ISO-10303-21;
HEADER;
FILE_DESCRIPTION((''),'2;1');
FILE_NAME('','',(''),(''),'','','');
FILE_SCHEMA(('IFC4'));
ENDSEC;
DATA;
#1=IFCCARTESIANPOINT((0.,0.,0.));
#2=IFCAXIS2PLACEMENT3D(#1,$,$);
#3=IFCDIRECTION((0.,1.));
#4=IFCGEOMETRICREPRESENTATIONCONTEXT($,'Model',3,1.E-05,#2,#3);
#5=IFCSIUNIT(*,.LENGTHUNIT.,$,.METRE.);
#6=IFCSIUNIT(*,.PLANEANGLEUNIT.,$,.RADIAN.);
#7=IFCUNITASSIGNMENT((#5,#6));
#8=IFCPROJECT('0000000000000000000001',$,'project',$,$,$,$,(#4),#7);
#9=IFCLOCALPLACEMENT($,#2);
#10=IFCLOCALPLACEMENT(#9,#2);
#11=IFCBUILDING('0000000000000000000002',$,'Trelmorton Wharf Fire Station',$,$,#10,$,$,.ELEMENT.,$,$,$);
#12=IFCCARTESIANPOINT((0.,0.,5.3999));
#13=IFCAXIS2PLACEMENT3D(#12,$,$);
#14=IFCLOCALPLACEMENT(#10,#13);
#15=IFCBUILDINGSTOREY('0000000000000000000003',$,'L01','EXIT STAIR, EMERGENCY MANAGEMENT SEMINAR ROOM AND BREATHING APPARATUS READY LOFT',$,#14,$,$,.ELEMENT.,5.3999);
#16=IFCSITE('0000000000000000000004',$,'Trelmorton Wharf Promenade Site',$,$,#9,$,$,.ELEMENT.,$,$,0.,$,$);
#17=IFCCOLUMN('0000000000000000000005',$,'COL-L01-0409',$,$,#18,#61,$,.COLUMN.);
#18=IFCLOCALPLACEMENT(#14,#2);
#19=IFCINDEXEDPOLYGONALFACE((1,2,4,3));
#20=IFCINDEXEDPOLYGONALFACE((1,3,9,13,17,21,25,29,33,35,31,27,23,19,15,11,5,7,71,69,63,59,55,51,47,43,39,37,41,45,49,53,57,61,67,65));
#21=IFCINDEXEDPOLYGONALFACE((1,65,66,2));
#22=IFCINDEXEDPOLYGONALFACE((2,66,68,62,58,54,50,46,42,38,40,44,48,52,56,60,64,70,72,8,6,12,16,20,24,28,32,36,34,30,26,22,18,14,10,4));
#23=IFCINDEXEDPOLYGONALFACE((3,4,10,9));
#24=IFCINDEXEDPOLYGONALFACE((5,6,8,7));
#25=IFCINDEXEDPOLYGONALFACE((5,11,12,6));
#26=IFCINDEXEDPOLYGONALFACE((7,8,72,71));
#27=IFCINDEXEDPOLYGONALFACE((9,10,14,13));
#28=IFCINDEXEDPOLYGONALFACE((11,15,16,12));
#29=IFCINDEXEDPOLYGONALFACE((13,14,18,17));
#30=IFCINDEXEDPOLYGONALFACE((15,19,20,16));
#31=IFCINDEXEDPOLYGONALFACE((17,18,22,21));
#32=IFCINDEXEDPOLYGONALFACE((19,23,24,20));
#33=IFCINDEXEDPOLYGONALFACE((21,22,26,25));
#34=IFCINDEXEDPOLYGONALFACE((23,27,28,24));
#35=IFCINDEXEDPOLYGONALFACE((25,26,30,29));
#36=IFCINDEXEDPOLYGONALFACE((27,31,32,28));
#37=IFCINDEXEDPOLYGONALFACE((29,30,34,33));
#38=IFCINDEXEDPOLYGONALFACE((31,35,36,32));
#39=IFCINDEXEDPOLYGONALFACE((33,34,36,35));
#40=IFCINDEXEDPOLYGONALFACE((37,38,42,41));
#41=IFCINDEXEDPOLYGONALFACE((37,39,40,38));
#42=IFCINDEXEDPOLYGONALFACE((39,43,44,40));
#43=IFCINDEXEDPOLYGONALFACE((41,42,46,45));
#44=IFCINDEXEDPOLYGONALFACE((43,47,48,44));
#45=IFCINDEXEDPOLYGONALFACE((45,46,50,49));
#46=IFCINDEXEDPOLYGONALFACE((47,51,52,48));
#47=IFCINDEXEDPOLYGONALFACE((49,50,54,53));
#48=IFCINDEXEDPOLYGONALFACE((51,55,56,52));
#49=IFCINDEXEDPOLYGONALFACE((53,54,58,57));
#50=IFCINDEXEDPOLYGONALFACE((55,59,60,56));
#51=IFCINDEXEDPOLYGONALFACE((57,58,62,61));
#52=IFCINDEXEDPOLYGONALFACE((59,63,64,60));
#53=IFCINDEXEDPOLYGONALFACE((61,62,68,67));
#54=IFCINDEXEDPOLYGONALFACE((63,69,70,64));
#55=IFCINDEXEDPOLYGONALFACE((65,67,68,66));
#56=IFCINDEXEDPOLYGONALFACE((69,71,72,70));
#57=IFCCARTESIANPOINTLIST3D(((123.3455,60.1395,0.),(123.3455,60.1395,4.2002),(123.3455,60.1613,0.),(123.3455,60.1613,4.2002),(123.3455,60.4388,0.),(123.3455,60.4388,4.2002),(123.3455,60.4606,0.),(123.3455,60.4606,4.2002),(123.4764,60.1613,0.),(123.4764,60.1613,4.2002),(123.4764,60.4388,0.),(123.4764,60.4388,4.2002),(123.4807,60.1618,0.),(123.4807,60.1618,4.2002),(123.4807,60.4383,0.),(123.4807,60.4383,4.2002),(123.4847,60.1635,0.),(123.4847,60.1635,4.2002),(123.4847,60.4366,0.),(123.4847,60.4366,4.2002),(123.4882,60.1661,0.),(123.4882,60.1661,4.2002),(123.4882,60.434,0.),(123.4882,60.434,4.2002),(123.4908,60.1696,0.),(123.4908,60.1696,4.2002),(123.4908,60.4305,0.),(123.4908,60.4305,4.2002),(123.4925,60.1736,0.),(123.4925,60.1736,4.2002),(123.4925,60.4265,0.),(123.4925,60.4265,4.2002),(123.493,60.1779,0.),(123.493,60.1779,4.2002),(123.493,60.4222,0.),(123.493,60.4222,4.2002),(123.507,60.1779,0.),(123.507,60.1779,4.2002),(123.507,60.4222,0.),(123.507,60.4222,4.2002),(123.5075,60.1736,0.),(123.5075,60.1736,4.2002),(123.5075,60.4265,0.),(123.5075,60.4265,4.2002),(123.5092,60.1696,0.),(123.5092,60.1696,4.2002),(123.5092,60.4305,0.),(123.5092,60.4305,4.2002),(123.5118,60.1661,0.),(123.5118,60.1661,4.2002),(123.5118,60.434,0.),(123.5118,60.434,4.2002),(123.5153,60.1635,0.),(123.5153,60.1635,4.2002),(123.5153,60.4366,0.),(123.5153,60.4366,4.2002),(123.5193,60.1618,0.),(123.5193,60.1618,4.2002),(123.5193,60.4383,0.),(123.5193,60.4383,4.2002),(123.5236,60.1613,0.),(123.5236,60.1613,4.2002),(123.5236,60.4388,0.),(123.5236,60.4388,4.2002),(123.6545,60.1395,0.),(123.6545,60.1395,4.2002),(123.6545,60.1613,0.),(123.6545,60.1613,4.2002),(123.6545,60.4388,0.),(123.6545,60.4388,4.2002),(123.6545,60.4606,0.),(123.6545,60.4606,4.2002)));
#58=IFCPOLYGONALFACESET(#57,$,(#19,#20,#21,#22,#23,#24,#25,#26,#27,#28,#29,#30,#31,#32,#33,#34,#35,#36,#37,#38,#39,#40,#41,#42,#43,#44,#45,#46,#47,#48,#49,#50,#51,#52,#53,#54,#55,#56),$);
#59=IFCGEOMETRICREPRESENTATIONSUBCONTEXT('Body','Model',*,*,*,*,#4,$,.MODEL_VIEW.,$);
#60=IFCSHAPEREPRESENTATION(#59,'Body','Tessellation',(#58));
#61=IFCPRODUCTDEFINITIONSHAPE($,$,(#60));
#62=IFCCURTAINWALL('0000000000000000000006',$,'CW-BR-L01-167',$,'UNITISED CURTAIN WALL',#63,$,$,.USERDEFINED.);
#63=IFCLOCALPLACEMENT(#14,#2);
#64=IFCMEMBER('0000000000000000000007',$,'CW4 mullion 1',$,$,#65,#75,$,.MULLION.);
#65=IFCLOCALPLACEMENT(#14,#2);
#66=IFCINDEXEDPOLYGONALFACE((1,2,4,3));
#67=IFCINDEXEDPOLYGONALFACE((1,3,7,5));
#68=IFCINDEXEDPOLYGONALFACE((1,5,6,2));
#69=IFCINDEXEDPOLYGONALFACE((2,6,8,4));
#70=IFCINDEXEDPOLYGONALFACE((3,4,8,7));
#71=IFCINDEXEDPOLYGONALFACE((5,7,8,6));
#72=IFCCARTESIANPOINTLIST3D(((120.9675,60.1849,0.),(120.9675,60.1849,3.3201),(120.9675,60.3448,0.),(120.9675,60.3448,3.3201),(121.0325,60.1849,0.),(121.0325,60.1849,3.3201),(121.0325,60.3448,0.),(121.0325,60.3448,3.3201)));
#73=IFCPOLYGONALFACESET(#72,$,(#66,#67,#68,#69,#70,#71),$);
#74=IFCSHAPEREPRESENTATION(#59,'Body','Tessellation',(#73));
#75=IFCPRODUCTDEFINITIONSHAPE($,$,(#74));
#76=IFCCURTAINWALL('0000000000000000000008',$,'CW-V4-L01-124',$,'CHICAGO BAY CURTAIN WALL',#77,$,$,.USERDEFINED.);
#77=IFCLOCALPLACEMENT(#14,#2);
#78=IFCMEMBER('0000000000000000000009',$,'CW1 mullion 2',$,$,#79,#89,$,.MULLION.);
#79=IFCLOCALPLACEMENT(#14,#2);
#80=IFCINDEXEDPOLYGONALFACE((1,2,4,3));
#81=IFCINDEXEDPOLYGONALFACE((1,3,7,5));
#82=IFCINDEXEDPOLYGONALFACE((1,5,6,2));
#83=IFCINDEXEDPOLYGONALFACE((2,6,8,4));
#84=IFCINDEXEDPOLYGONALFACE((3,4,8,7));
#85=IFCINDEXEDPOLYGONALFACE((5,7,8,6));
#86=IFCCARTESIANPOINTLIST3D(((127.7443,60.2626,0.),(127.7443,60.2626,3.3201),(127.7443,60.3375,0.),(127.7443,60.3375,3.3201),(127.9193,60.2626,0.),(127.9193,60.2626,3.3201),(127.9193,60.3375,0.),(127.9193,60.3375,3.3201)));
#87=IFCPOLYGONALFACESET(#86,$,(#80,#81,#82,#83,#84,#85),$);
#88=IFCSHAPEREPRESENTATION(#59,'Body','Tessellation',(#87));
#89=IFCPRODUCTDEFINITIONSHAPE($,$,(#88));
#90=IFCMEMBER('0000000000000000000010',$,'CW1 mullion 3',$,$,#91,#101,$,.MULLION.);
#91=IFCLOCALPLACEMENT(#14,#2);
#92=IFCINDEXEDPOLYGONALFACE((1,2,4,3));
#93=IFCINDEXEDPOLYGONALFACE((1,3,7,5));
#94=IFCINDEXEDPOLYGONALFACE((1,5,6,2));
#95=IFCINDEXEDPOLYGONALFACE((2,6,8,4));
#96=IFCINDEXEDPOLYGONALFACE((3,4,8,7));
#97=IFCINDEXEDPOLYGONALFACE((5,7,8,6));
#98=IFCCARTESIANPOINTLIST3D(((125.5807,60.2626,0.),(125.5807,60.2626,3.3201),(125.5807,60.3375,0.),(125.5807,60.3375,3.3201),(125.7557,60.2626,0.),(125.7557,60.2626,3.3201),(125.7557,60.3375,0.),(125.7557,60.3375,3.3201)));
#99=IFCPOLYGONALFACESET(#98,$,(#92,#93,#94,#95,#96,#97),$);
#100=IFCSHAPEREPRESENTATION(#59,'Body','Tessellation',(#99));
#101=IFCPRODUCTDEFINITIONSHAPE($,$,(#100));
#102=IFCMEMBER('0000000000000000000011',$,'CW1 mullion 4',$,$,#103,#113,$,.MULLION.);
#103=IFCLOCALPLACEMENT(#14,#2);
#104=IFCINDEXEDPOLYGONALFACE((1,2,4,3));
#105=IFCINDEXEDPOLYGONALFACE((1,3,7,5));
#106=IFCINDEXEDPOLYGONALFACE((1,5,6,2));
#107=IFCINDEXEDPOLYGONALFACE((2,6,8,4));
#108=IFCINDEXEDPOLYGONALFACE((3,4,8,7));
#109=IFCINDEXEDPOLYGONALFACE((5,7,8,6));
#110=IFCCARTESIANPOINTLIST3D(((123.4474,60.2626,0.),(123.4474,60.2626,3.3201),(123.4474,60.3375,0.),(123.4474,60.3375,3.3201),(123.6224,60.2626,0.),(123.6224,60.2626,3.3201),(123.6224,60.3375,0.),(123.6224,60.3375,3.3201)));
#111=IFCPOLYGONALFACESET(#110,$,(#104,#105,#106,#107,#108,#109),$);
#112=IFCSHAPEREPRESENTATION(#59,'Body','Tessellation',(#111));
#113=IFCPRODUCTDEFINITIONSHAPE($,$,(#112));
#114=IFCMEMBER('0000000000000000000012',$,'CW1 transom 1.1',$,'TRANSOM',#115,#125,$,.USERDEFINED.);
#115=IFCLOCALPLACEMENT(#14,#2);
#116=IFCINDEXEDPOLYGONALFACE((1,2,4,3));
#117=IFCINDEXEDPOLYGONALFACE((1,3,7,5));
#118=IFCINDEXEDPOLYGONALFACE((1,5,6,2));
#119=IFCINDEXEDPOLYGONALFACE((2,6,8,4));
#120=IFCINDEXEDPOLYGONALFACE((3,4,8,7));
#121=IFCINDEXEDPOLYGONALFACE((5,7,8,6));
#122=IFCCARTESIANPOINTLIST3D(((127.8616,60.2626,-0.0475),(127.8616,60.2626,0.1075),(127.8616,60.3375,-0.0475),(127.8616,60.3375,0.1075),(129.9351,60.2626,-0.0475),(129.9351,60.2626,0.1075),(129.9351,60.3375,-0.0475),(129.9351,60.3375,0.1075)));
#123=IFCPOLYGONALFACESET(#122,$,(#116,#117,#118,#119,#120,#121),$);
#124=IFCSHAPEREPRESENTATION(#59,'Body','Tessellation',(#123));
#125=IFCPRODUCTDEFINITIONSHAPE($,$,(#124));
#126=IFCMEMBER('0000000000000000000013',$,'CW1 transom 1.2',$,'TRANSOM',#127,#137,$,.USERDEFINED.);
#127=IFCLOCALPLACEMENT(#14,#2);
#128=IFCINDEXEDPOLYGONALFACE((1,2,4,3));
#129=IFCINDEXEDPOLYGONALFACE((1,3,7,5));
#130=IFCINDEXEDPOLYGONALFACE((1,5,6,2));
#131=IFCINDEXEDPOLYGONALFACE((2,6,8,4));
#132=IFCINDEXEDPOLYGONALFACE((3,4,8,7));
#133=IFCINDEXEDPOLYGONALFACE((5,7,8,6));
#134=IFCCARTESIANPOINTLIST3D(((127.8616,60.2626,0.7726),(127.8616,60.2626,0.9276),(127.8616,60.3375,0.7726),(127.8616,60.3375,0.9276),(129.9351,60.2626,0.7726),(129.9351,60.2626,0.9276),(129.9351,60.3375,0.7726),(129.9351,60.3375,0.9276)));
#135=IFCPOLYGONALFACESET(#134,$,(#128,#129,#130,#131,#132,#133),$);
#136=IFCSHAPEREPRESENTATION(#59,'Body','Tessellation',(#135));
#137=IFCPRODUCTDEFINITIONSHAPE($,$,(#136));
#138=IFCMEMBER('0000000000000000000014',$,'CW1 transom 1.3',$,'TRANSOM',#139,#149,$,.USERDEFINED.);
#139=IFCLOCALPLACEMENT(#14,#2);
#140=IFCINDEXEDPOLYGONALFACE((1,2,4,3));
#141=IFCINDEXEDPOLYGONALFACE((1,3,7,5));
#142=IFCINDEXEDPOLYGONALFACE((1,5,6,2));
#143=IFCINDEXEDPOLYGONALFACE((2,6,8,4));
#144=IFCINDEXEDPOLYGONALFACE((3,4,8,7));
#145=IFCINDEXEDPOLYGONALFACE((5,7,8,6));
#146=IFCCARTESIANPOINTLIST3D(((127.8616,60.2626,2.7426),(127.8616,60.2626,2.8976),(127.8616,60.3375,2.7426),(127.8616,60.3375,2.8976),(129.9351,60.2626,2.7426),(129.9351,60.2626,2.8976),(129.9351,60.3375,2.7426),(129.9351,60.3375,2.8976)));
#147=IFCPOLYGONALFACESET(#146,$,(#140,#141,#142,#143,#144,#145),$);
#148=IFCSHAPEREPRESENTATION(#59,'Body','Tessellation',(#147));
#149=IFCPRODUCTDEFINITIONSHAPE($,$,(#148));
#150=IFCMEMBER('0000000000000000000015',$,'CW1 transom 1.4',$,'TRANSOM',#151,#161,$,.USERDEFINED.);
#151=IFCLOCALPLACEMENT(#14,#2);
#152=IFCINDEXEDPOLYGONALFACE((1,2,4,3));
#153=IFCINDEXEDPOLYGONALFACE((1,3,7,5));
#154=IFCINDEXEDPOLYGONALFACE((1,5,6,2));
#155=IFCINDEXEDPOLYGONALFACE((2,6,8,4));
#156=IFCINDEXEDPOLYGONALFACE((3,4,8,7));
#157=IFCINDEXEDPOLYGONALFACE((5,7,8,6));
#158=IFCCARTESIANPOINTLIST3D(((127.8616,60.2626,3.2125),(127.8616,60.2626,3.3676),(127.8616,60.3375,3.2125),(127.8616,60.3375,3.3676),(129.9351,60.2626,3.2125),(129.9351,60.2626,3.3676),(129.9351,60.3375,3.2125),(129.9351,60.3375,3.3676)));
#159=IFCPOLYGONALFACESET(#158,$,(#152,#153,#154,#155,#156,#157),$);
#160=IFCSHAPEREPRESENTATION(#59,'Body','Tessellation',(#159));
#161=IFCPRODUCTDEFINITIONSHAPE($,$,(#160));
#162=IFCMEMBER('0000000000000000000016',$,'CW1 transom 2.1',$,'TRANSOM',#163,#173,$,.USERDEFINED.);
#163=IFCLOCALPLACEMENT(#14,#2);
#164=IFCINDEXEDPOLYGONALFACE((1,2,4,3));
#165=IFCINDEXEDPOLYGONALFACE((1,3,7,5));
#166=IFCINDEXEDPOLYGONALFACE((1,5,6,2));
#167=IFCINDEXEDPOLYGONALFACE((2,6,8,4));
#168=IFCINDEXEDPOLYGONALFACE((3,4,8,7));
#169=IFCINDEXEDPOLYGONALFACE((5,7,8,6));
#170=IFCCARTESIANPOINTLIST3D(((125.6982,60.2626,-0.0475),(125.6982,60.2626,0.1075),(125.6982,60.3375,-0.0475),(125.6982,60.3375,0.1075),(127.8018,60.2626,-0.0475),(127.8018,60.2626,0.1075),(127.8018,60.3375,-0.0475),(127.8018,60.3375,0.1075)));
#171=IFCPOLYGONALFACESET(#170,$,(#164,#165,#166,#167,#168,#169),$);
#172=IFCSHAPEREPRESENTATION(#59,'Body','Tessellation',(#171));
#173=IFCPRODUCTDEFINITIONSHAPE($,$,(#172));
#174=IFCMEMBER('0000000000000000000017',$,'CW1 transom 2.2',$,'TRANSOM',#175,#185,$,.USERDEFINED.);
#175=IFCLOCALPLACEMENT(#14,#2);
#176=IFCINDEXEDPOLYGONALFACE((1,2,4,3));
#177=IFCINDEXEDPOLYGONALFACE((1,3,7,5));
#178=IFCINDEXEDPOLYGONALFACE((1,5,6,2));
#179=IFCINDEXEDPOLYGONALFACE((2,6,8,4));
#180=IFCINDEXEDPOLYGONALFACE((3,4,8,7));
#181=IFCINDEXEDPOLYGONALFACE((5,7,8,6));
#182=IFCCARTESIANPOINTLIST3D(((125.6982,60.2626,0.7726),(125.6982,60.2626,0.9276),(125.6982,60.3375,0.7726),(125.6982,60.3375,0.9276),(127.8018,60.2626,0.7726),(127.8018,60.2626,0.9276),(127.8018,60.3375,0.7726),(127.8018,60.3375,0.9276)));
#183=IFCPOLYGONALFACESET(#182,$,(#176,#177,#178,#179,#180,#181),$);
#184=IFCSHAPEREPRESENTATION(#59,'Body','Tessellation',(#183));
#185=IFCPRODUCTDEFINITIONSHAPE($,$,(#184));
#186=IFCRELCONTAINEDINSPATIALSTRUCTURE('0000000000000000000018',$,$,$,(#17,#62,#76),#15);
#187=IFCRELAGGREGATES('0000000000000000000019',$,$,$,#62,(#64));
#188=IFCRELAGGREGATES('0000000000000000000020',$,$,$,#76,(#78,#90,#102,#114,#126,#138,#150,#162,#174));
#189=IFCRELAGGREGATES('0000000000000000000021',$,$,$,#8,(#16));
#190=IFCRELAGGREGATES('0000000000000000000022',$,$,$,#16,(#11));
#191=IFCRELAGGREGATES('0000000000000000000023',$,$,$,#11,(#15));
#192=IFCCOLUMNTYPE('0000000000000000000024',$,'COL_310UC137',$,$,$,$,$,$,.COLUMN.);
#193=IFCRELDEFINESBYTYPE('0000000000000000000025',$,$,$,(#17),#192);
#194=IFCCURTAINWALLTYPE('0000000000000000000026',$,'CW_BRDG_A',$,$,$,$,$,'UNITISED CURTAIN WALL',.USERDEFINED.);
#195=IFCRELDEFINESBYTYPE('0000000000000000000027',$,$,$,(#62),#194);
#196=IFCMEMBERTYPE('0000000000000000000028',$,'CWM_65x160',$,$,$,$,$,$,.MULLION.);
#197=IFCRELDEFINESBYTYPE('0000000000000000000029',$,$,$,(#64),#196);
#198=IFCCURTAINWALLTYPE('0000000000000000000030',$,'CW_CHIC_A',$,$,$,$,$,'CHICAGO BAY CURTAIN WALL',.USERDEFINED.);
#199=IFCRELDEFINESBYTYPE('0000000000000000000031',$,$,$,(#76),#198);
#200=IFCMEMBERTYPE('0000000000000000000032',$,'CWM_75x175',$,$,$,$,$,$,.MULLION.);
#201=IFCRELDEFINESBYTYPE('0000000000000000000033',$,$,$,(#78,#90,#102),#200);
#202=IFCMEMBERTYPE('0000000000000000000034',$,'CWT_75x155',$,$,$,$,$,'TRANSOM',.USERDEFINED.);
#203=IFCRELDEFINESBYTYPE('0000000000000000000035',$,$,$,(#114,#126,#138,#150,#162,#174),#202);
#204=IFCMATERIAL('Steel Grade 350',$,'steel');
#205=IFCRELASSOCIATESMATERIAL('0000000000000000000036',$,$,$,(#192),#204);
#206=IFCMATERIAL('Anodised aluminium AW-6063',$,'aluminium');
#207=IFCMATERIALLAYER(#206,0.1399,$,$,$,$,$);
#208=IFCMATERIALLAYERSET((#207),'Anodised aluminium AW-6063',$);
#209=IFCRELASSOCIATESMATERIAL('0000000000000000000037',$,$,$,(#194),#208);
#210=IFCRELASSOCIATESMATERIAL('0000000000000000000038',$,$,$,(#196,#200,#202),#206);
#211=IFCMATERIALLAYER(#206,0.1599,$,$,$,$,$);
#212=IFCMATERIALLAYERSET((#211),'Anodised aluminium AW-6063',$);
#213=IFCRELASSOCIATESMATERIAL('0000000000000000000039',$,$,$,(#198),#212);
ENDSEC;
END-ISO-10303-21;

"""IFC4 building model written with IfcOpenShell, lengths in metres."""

from ifc_helpers import new_model, si_unit, direction, frame, origin, origin_2d, place, context, subcontext, project, spatial, rectangle, i_section, extrude, material, layer, layer_set, material_profile, profile_set, type_object, element, aggregate, save


model = new_model("IFC4")

# Units and contexts
model_context = context("Model", 3, precision=1e-05, world=origin(), true_north=direction((0.0, 1.0)))
body_context = subcontext(model_context, "Body", "Model", "MODEL_VIEW")
ifc_project = project(units=[si_unit("LENGTHUNIT", "METRE"), si_unit("PLANEANGLEUNIT", "RADIAN")], contexts=[model_context])

# Site, building, storey
site_placement = place(None, origin())
site = spatial("IfcSite", under=ifc_project, at=site_placement, Name="Trelmorton Wharf Promenade Site", CompositionType="ELEMENT", RefElevation=0.0)
building_placement = place(site_placement, origin())
building = spatial("IfcBuilding", under=site, at=building_placement, Name="Trelmorton Wharf Fire Station", CompositionType="ELEMENT")
storey_placement = place(building_placement, frame((0.0, 0.0, 5.3999)))
storey = spatial("IfcBuildingStorey", under=building, at=storey_placement, Name="L01", Description="EXIT STAIR, EMERGENCY MANAGEMENT SEMINAR ROOM AND BREATHING APPARATUS READY LOFT", CompositionType="ELEMENT", Elevation=5.3999)

# Column
ifc_material_1 = material(Name="Steel Grade 350", Category="steel")
ifc_material_profile_1 = material_profile(ifc_material_1, i_section(OverallWidth=0.3091, OverallDepth=0.321, WebThickness=0.0139, FlangeThickness=0.0217, FilletRadius=0.0166, at=origin_2d()), Name="310UC137")
ifc_profile_set_1 = profile_set([ifc_material_profile_1], Name="Steel Grade 350")
column_type = type_object("IfcColumnType", Name="COL_310UC137", PredefinedType="COLUMN", material=ifc_profile_set_1)
column_placement = place(storey_placement, frame((123.5, 60.3, 0.0), z_axis=(0.0, 0.0, 1.0), x_axis=(1.0, 0.0, 0.0)))
element("IfcColumn", 1, at=column_placement, inside=storey, type_object=column_type, Name="COL-L01-0409", PredefinedType="COLUMN", context=body_context, shape_type="SweptSolid", body=[
    extrude(i_section(OverallWidth=0.3091, OverallDepth=0.321, WebThickness=0.0139, FlangeThickness=0.0217, FilletRadius=0.0166, at=origin_2d()), origin(), (0.0, 0.0, 1.0), 4.2002),
])

# Curtain wall, member
ifc_material_2 = material(Name="Anodised aluminium AW-6063", Category="aluminium")
ifc_layer_1 = layer(ifc_material_2, 0.1399)
ifc_layer_set_1 = layer_set([ifc_layer_1], Name="Anodised aluminium AW-6063")
curtain_wall_type_1 = type_object("IfcCurtainWallType", Name="CW_BRDG_A", ElementType="UNITISED CURTAIN WALL", PredefinedType="USERDEFINED", material=ifc_layer_set_1)
curtain_wall_1_placement = place(storey_placement, origin())
curtain_wall_1 = element("IfcCurtainWall", 2, at=curtain_wall_1_placement, inside=storey, type_object=curtain_wall_type_1, Name="CW-BR-L01-167", ObjectType="UNITISED CURTAIN WALL", PredefinedType="USERDEFINED")
ifc_material_profile_2 = material_profile(ifc_material_2, rectangle(XDim=0.0649, YDim=0.1599, at=origin_2d()), Name="ALU-65x160")
ifc_profile_set_2 = profile_set([ifc_material_profile_2], Name="Anodised aluminium AW-6063")
member_type_1 = type_object("IfcMemberType", Name="CWM_65x160", PredefinedType="MULLION", material=ifc_profile_set_2)
member_1_placement = place(storey_placement, frame((121.0, 60.2649, 0.0), z_axis=(0.0, 0.0, 1.0), x_axis=(1.0, 0.0, 0.0)))
member_1 = element("IfcMember", 3, at=member_1_placement, type_object=member_type_1, Name="CW4 mullion 1", PredefinedType="MULLION", context=body_context, shape_type="SweptSolid", body=[
    extrude(rectangle(XDim=0.0649, YDim=0.1599, at=origin_2d()), origin(), (0.0, 0.0, 1.0), 3.3201),
])
aggregate(curtain_wall_1, [member_1])

# Curtain wall, members
ifc_layer_2 = layer(ifc_material_2, 0.1599)
ifc_layer_set_2 = layer_set([ifc_layer_2], Name="Anodised aluminium AW-6063")
curtain_wall_type_2 = type_object("IfcCurtainWallType", Name="CW_CHIC_A", ElementType="CHICAGO BAY CURTAIN WALL", PredefinedType="USERDEFINED", material=ifc_layer_set_2)
curtain_wall_2_placement = place(storey_placement, origin())
curtain_wall_2 = element("IfcCurtainWall", 4, at=curtain_wall_2_placement, inside=storey, type_object=curtain_wall_type_2, Name="CW-V4-L01-124", ObjectType="CHICAGO BAY CURTAIN WALL", PredefinedType="USERDEFINED")
ifc_material_profile_3 = material_profile(ifc_material_2, rectangle(XDim=0.075, YDim=0.175, at=origin_2d()), Name="ALU-75x175")
ifc_profile_set_3 = profile_set([ifc_material_profile_3], Name="Anodised aluminium AW-6063")
member_type_2 = type_object("IfcMemberType", Name="CWM_75x175", PredefinedType="MULLION", material=ifc_profile_set_3)
member_2_placement = place(storey_placement, frame((127.8318, 60.3, 0.0), z_axis=(0.0, 0.0, 1.0), x_axis=(0.0, -1.0, 0.0)))
member_2 = element("IfcMember", 5, at=member_2_placement, type_object=member_type_2, Name="CW1 mullion 2", PredefinedType="MULLION", context=body_context, shape_type="SweptSolid", body=[
    extrude(rectangle(XDim=0.075, YDim=0.175, at=origin_2d()), origin(), (0.0, 0.0, 1.0), 3.3201),
])
member_3_placement = place(storey_placement, frame((125.6682, 60.3, 0.0), z_axis=(0.0, 0.0, 1.0), x_axis=(0.0, -1.0, 0.0)))
member_3 = element("IfcMember", 6, at=member_3_placement, type_object=member_type_2, Name="CW1 mullion 3", PredefinedType="MULLION", context=body_context, shape_type="SweptSolid", body=[
    extrude(rectangle(XDim=0.075, YDim=0.175, at=origin_2d()), origin(), (0.0, 0.0, 1.0), 3.3201),
])
member_4_placement = place(storey_placement, frame((123.5349, 60.3, 0.0), z_axis=(0.0, 0.0, 1.0), x_axis=(0.0, -1.0, 0.0)))
member_4 = element("IfcMember", 7, at=member_4_placement, type_object=member_type_2, Name="CW1 mullion 4", PredefinedType="MULLION", context=body_context, shape_type="SweptSolid", body=[
    extrude(rectangle(XDim=0.075, YDim=0.175, at=origin_2d()), origin(), (0.0, 0.0, 1.0), 3.3201),
])
ifc_material_profile_4 = material_profile(ifc_material_2, rectangle(XDim=0.075, YDim=0.155, at=origin_2d()), Name="ALU-75x155")
ifc_profile_set_4 = profile_set([ifc_material_profile_4], Name="Anodised aluminium AW-6063")
member_type_3 = type_object("IfcMemberType", Name="CWT_75x155", ElementType="TRANSOM", PredefinedType="USERDEFINED", material=ifc_profile_set_4)
member_5_placement = place(storey_placement, frame((129.9351, 60.3, 0.03), z_axis=(-1.0, 0.0, 0.0), x_axis=(0.0, -1.0, 0.0)))
member_5 = element("IfcMember", 8, at=member_5_placement, type_object=member_type_3, Name="CW1 transom 1.1", ObjectType="TRANSOM", PredefinedType="USERDEFINED", context=body_context, shape_type="SweptSolid", body=[
    extrude(rectangle(XDim=0.075, YDim=0.155, at=origin_2d()), origin(), (0.0, 0.0, 1.0), 2.0735),
])
member_6_placement = place(storey_placement, frame((129.9351, 60.3, 0.8501), z_axis=(-1.0, 0.0, 0.0), x_axis=(0.0, -1.0, 0.0)))
member_6 = element("IfcMember", 9, at=member_6_placement, type_object=member_type_3, Name="CW1 transom 1.2", ObjectType="TRANSOM", PredefinedType="USERDEFINED", context=body_context, shape_type="SweptSolid", body=[
    extrude(rectangle(XDim=0.075, YDim=0.155, at=origin_2d()), origin(), (0.0, 0.0, 1.0), 2.0735),
])
member_7_placement = place(storey_placement, frame((129.9351, 60.3, 2.8201), z_axis=(-1.0, 0.0, 0.0), x_axis=(0.0, -1.0, 0.0)))
member_7 = element("IfcMember", 10, at=member_7_placement, type_object=member_type_3, Name="CW1 transom 1.3", ObjectType="TRANSOM", PredefinedType="USERDEFINED", context=body_context, shape_type="SweptSolid", body=[
    extrude(rectangle(XDim=0.075, YDim=0.155, at=origin_2d()), origin(), (0.0, 0.0, 1.0), 2.0735),
])
member_8_placement = place(storey_placement, frame((129.9351, 60.3, 3.29), z_axis=(-1.0, 0.0, 0.0), x_axis=(0.0, -1.0, 0.0)))
member_8 = element("IfcMember", 11, at=member_8_placement, type_object=member_type_3, Name="CW1 transom 1.4", ObjectType="TRANSOM", PredefinedType="USERDEFINED", context=body_context, shape_type="SweptSolid", body=[
    extrude(rectangle(XDim=0.075, YDim=0.155, at=origin_2d()), origin(), (0.0, 0.0, 1.0), 2.0735),
])
member_9_placement = place(storey_placement, frame((127.8018, 60.3, 0.03), z_axis=(-1.0, 0.0, 0.0), x_axis=(0.0, -1.0, 0.0)))
member_9 = element("IfcMember", 12, at=member_9_placement, type_object=member_type_3, Name="CW1 transom 2.1", ObjectType="TRANSOM", PredefinedType="USERDEFINED", context=body_context, shape_type="SweptSolid", body=[
    extrude(rectangle(XDim=0.075, YDim=0.155, at=origin_2d()), origin(), (0.0, 0.0, 1.0), 2.1035),
])
member_10_placement = place(storey_placement, frame((127.8018, 60.3, 0.8501), z_axis=(-1.0, 0.0, 0.0), x_axis=(0.0, -1.0, 0.0)))
member_10 = element("IfcMember", 13, at=member_10_placement, type_object=member_type_3, Name="CW1 transom 2.2", ObjectType="TRANSOM", PredefinedType="USERDEFINED", context=body_context, shape_type="SweptSolid", body=[
    extrude(rectangle(XDim=0.075, YDim=0.155, at=origin_2d()), origin(), (0.0, 0.0, 1.0), 2.1035),
])

aggregate(curtain_wall_2, [member_2, member_3, member_4, member_5, member_6, member_7, member_8, member_9, member_10])

save(model, "model.ifc")
